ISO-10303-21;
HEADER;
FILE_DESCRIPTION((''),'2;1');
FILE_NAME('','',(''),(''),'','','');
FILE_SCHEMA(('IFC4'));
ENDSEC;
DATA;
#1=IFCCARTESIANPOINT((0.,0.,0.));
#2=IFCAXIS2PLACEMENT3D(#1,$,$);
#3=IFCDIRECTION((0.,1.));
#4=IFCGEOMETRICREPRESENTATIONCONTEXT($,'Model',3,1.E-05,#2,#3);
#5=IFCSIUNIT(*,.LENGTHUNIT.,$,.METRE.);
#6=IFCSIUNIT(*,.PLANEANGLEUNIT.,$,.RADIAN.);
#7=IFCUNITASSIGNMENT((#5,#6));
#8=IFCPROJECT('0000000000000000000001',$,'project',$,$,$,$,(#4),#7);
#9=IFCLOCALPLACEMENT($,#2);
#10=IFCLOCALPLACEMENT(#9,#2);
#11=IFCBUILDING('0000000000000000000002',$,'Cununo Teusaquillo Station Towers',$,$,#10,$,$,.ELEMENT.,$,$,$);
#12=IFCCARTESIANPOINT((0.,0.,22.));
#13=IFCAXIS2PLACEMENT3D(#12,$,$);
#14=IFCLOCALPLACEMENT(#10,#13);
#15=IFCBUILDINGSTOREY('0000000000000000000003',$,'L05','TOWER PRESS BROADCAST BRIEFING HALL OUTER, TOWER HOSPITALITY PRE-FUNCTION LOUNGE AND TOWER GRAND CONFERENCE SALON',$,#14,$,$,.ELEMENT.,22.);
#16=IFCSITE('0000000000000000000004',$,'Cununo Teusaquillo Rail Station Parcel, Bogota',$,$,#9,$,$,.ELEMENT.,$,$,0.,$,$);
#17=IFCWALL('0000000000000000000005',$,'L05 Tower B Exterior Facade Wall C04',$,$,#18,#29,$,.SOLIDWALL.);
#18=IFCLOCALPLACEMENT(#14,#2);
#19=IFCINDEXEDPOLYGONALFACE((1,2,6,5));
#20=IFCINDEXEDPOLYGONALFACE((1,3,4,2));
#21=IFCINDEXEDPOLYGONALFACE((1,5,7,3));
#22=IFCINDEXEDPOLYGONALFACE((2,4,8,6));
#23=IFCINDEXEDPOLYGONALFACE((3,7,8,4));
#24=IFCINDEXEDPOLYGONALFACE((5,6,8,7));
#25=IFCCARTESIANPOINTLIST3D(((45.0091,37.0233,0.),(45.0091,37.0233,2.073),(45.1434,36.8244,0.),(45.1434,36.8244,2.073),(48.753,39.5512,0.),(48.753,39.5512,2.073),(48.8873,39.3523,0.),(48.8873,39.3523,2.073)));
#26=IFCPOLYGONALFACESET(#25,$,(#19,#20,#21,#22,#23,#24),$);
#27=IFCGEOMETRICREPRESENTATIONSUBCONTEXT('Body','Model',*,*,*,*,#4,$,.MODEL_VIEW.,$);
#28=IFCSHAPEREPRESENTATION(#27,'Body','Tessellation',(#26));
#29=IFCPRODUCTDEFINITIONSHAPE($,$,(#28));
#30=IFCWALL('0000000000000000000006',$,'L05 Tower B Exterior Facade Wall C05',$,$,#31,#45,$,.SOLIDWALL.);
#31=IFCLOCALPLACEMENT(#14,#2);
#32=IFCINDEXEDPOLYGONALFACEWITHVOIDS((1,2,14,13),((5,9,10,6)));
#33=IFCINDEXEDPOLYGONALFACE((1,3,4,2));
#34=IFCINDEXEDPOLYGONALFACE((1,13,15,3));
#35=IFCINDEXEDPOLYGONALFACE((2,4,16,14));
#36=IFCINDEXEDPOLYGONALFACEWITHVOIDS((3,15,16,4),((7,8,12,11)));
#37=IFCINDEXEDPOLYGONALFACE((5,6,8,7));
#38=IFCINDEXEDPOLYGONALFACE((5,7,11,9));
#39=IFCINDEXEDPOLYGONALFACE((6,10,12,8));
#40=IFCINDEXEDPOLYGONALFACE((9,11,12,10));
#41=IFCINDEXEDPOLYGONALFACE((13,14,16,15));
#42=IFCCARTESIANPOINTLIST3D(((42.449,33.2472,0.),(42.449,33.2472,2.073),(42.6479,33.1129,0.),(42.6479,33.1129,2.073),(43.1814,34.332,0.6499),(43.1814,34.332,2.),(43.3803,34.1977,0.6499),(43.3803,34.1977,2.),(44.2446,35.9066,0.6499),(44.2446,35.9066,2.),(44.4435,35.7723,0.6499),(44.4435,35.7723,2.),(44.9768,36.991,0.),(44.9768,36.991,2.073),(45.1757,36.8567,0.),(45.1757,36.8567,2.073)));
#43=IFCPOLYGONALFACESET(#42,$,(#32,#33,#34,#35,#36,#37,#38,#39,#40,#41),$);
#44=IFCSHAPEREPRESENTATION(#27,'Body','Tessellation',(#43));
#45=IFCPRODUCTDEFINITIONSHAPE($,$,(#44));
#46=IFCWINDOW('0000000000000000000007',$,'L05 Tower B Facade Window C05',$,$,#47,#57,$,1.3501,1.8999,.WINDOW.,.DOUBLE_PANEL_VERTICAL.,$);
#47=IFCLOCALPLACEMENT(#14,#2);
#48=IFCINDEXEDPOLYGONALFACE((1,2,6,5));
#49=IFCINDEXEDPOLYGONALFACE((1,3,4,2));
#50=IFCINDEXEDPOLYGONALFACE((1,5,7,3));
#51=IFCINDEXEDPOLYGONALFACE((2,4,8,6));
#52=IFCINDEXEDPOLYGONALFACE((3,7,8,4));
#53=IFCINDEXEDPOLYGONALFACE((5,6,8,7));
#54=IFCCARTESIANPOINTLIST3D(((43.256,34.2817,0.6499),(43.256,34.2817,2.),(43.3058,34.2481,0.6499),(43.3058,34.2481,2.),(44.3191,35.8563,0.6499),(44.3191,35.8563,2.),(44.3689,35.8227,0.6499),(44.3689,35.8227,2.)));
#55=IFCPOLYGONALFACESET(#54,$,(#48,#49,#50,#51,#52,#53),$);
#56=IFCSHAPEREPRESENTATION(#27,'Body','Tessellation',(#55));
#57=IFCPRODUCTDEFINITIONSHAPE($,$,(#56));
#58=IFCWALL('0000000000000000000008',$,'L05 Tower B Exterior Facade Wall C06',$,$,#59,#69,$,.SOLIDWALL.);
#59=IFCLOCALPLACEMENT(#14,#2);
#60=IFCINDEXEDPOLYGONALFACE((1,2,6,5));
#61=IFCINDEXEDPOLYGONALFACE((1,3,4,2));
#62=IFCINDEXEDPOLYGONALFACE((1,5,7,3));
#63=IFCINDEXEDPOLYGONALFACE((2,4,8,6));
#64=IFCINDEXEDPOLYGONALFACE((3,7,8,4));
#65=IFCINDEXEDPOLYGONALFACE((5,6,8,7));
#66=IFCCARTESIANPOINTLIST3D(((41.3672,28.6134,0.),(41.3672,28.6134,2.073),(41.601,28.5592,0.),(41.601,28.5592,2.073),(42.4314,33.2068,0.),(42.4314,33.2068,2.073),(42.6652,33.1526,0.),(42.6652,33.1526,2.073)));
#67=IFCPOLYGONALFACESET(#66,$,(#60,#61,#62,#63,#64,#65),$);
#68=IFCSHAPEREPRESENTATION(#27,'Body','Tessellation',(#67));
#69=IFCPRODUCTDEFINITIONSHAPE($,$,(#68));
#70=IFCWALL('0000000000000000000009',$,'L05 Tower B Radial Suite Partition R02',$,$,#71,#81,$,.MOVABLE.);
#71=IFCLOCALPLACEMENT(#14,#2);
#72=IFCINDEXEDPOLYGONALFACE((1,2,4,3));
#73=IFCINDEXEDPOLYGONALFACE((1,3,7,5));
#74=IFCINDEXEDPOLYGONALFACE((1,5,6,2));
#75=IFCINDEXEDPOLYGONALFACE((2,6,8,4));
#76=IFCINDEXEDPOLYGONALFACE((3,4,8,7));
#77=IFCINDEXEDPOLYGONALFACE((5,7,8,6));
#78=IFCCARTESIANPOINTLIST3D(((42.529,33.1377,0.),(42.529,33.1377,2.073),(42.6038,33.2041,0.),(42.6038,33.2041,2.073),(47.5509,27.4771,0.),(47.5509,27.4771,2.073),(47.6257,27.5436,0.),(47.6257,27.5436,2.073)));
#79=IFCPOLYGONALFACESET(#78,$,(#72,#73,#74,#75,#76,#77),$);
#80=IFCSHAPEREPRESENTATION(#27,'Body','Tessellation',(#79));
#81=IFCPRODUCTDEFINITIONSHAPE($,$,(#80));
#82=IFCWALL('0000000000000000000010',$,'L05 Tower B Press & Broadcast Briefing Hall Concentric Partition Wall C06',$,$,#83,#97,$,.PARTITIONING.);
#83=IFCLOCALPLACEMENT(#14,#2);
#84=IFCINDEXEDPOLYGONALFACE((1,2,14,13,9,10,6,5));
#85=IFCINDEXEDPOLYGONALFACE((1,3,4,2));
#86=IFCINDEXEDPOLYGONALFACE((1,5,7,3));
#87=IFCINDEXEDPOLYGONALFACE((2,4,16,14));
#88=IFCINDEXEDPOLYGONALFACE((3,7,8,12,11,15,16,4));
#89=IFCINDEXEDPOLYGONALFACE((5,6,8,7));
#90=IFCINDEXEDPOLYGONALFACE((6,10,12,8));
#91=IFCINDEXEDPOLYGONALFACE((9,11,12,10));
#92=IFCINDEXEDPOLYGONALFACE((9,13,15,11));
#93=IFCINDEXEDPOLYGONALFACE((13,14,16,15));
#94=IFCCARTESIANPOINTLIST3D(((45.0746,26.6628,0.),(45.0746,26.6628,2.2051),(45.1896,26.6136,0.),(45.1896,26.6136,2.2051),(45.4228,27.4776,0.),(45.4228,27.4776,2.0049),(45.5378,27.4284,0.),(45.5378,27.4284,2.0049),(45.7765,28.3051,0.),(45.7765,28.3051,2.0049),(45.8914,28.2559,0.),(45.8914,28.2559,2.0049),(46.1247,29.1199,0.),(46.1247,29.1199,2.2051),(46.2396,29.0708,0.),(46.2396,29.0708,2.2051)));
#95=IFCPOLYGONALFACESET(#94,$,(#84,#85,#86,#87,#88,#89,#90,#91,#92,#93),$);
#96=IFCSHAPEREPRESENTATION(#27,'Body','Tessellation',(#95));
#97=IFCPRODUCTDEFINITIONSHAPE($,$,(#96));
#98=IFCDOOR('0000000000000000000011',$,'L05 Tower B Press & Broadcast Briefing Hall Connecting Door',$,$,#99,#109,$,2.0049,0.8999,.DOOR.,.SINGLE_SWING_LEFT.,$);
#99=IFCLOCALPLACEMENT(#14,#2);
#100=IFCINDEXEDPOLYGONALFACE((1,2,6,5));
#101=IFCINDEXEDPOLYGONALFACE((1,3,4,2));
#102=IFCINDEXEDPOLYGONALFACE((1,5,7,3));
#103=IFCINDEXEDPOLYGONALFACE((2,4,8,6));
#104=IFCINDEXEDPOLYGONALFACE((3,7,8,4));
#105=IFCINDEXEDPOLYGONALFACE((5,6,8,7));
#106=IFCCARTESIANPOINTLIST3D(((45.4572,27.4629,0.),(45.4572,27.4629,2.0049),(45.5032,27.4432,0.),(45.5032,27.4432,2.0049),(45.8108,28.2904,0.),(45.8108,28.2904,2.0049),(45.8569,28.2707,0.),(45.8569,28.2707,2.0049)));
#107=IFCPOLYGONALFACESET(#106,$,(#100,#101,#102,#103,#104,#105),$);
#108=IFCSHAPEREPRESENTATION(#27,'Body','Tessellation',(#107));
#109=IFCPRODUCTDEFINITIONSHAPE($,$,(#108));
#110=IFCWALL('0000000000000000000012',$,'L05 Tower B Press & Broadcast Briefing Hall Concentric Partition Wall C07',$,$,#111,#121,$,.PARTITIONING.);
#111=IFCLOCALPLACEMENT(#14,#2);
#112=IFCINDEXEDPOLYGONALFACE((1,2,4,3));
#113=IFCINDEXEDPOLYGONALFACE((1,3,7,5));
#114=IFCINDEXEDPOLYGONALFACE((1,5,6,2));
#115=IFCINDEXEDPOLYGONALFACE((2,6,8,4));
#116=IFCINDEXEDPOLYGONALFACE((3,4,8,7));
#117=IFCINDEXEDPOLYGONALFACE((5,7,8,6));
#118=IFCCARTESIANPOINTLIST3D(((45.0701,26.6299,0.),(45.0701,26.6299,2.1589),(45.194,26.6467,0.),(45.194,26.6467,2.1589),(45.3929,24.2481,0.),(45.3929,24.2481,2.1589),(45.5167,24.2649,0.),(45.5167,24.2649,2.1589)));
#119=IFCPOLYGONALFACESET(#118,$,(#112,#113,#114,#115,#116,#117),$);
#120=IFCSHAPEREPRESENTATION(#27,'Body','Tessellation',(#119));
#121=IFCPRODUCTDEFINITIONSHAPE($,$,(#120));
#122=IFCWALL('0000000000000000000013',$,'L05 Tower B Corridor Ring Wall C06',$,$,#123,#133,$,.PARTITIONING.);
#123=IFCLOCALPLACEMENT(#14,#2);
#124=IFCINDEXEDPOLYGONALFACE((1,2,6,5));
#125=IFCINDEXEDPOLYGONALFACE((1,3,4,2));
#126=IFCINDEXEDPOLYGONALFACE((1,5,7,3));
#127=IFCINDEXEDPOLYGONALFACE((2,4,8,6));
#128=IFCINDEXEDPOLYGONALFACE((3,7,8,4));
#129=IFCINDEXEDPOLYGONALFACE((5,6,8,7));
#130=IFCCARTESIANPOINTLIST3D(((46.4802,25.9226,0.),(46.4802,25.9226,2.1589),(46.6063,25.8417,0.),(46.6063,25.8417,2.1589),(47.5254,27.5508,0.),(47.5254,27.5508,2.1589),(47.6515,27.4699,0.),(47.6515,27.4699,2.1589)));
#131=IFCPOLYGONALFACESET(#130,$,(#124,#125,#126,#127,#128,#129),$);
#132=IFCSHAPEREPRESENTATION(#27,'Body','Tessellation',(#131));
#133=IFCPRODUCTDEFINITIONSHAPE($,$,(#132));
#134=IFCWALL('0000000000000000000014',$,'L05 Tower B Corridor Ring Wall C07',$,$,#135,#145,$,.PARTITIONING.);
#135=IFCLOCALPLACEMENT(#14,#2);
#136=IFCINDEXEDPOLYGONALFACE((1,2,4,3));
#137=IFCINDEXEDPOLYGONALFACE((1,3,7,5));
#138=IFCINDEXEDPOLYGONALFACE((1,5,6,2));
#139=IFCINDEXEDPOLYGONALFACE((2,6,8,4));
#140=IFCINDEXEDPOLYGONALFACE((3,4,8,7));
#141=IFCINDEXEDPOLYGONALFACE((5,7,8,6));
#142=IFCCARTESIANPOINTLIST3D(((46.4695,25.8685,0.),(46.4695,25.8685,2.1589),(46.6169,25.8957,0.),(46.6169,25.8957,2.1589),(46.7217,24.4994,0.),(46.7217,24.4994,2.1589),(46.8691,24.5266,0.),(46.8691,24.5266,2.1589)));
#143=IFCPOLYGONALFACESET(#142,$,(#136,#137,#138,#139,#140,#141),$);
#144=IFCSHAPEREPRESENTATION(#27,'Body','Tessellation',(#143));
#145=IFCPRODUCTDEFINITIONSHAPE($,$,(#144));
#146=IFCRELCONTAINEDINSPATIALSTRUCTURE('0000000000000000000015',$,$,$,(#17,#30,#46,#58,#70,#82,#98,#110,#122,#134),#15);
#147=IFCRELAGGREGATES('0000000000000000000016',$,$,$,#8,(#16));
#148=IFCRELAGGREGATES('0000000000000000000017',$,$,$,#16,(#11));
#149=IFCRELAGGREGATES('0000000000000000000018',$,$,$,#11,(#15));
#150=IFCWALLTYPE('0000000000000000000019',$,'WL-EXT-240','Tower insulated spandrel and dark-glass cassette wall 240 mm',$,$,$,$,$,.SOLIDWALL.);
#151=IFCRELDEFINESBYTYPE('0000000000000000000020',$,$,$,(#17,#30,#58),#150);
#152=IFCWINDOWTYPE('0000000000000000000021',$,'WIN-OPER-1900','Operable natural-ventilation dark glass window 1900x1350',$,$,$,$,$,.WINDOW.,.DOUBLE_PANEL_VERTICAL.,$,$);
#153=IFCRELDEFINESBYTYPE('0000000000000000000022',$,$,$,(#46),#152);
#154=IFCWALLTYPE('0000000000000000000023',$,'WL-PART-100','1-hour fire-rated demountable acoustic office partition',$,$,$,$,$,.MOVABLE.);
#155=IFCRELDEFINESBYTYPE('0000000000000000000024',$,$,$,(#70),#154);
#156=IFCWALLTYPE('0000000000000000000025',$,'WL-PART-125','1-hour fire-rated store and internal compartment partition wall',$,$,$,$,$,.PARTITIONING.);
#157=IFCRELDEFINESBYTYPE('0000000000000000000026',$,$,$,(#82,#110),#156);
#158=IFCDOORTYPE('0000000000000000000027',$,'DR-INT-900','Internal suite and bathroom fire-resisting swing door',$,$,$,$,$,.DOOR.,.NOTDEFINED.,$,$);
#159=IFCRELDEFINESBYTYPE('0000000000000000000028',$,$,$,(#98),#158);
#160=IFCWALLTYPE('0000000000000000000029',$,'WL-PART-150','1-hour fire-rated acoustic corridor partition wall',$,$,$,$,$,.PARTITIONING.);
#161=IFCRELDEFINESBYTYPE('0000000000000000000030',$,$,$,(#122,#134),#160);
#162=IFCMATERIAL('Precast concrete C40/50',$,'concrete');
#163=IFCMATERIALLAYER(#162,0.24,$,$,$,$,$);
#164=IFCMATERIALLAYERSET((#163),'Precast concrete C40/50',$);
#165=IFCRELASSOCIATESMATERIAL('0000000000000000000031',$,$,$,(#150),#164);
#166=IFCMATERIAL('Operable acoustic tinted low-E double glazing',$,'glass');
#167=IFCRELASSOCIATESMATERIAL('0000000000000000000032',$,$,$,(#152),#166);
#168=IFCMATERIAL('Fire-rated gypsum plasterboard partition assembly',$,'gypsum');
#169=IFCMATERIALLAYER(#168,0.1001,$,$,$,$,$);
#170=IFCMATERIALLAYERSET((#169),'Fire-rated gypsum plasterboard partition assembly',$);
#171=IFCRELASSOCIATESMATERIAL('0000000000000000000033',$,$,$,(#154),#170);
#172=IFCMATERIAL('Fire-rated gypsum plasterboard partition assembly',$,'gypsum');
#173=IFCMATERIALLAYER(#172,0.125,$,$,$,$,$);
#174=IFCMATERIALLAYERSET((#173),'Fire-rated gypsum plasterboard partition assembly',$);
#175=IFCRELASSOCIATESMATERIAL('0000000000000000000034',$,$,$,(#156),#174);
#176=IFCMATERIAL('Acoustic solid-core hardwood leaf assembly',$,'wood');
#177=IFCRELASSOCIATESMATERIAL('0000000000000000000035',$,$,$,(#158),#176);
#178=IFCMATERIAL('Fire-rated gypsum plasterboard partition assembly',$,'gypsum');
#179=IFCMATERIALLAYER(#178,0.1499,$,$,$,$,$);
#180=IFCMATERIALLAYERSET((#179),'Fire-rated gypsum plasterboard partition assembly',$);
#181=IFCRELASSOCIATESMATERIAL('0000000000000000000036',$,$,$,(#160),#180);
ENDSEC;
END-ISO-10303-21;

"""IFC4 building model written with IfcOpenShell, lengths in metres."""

from ifc_helpers import new_model, si_unit, direction, frame, frame_2d, origin, place, context, subcontext, project, spatial, rectangle, extrude, source, transform, mapped, material, layer, layer_set, type_object, element, fill, save


model = new_model("IFC4")

# Units and contexts
model_context = context("Model", 3, precision=1e-05, world=origin(), true_north=direction((0.0, 1.0)))
body_context = subcontext(model_context, "Body", "Model", "MODEL_VIEW")
ifc_project = project(units=[si_unit("LENGTHUNIT", "METRE"), si_unit("PLANEANGLEUNIT", "RADIAN")], contexts=[model_context])

# Site, building, storey
site_placement = place(None, origin())
site = spatial("IfcSite", under=ifc_project, at=site_placement, Name="Cununo Teusaquillo Rail Station Parcel, Bogota", CompositionType="ELEMENT", RefElevation=0.0)
building_placement = place(site_placement, origin())
building = spatial("IfcBuilding", under=site, at=building_placement, Name="Cununo Teusaquillo Station Towers", CompositionType="ELEMENT")
storey_placement = place(building_placement, frame((0.0, 0.0, 22.0)))
storey = spatial("IfcBuildingStorey", under=building, at=storey_placement, Name="L05", Description="TOWER PRESS BROADCAST BRIEFING HALL OUTER, TOWER HOSPITALITY PRE-FUNCTION LOUNGE AND TOWER GRAND CONFERENCE SALON", CompositionType="ELEMENT", Elevation=22.0)

# Shared definitions
ifc_material_1 = material(Name="Precast concrete C40/50", Category="concrete")
ifc_layer_1 = layer(ifc_material_1, 0.24)
ifc_layer_set_1 = layer_set([ifc_layer_1], Name="Precast concrete C40/50")
wall_type_1 = type_object("IfcWallType", Name="WL-EXT-240", Description="Tower insulated spandrel and dark-glass cassette wall 240 mm", PredefinedType="SOLIDWALL", material=ifc_layer_set_1)
shared_shape_1 = source(origin(), body_context, "Body", "SweptSolid", [
    extrude(rectangle(XDim=1.8999, YDim=1.3501, at=frame_2d((0.95, 0.675))), frame((0.0, 0.1299, 0.0), z_axis=(0.0, -1.0, 0.0), x_axis=(1.0, 0.0, 0.0)), (0.0, 0.0, 1.0), 0.26),
])
ifc_material_2 = material(Name="Operable acoustic tinted low-E double glazing", Category="glass")
window_type = type_object("IfcWindowType", Name="WIN-OPER-1900", Description="Operable natural-ventilation dark glass window 1900x1350", PartitioningType="DOUBLE_PANEL_VERTICAL", PredefinedType="WINDOW", material=ifc_material_2)
shared_shape_2 = source(origin(), body_context, "Body", "SweptSolid", [
    extrude(rectangle(XDim=1.8999, YDim=1.3501, at=frame_2d((0.95, 0.675))), frame((0.0, 0.03, 0.0), z_axis=(0.0, -1.0, 0.0), x_axis=(1.0, 0.0, 0.0)), (0.0, 0.0, 1.0), 0.0601),
])

# Wall
wall_1_placement = place(storey_placement, frame((45.0762, 36.9238, 0.0), z_axis=(0.0, 0.0, 1.0), x_axis=(0.828777, 0.55958, 0.0)))
element("IfcWall", 1, at=wall_1_placement, inside=storey, type_object=wall_type_1, Name="L05 Tower B Exterior Facade Wall C04", PredefinedType="SOLIDWALL", context=body_context, shape_type="SweptSolid", body=[
    extrude(rectangle(XDim=4.5173, YDim=0.24, at=frame_2d((2.2588, 0.0))), origin(), (0.0, 0.0, 1.0), 2.073),
])

# Wall, opening, window
wall_2_placement = place(storey_placement, frame((42.5483, 33.1799, 0.0), z_axis=(0.0, 0.0, 1.0), x_axis=(0.55958, 0.828777, 0.0)))
wall_2 = element("IfcWall", 2, at=wall_2_placement, inside=storey, type_object=wall_type_1, Name="L05 Tower B Exterior Facade Wall C05", PredefinedType="SOLIDWALL", context=body_context, shape_type="SweptSolid", body=[
    extrude(rectangle(XDim=4.5173, YDim=0.24, at=frame_2d((2.2588, 0.0))), origin(), (0.0, 0.0, 1.0), 2.073),
])
opening_1_placement = place(wall_2_placement, frame((1.3091, 0.0, 0.6499)))
opening_1 = element("IfcOpeningElement", 3, at=opening_1_placement, cuts=wall_2, PredefinedType="OPENING", context=body_context, shape_type="MappedRepresentation", body=[
    mapped(shared_shape_1, transform((0.0, 0.0, 0.0), x_axis=(1.0, 0.0, 0.0), y_axis=(0.0, 1.0, 0.0), z_axis=(0.0, 0.0, 1.0), scale=1.0)),
])
window_1_placement = place(opening_1_placement, origin())
window_1 = element("IfcWindow", 4, at=window_1_placement, inside=storey, type_object=window_type, Name="L05 Tower B Facade Window C05", OverallHeight=1.3501, OverallWidth=1.8999, PartitioningType="DOUBLE_PANEL_VERTICAL", PredefinedType="WINDOW", context=body_context, shape_type="MappedRepresentation", body=[
    mapped(shared_shape_2, transform((0.0, 0.0, 0.0), x_axis=(1.0, 0.0, 0.0), y_axis=(0.0, 1.0, 0.0), z_axis=(0.0, 0.0, 1.0), scale=1.0)),
])
fill(opening_1, window_1)

# Walls
wall_3_placement = place(storey_placement, frame((41.4841, 28.5864, 0.0), z_axis=(0.0, 0.0, 1.0), x_axis=(0.225699, 0.974197, 0.0)))
element("IfcWall", 5, at=wall_3_placement, inside=storey, type_object=wall_type_1, Name="L05 Tower B Exterior Facade Wall C06", PredefinedType="SOLIDWALL", context=body_context, shape_type="SweptSolid", body=[
    extrude(rectangle(XDim=4.7151, YDim=0.24, at=frame_2d((2.3574, 0.0))), origin(), (0.0, 0.0, 1.0), 2.073),
])
ifc_material_3 = material(Name="Fire-rated gypsum plasterboard partition assembly", Category="gypsum")
ifc_layer_2 = layer(ifc_material_3, 0.1001)
ifc_layer_set_2 = layer_set([ifc_layer_2], Name="Fire-rated gypsum plasterboard partition assembly")
wall_type_2 = type_object("IfcWallType", Name="WL-PART-100", Description="1-hour fire-rated demountable acoustic office partition", PredefinedType="MOVABLE", material=ifc_layer_set_2)
wall_4_placement = place(storey_placement, frame((47.5884, 27.5103, 0.0), z_axis=(0.0, 0.0, 1.0), x_axis=(-0.663647, 0.748046, 0.0)))
element("IfcWall", 6, at=wall_4_placement, inside=storey, type_object=wall_type_2, Name="L05 Tower B Radial Suite Partition R02", PredefinedType="MOVABLE", context=body_context, shape_type="SweptSolid", body=[
    extrude(rectangle(XDim=7.5671, YDim=0.1001, at=frame_2d((3.7837, 0.0))), origin(), (0.0, 0.0, 1.0), 2.073),
])

# Wall, opening, door
ifc_material_4 = material(Name="Fire-rated gypsum plasterboard partition assembly", Category="gypsum")
ifc_layer_3 = layer(ifc_material_4, 0.125)
ifc_layer_set_3 = layer_set([ifc_layer_3], Name="Fire-rated gypsum plasterboard partition assembly")
wall_type_3 = type_object("IfcWallType", Name="WL-PART-125", Description="1-hour fire-rated store and internal compartment partition wall", PredefinedType="PARTITIONING", material=ifc_layer_set_3)
wall_5_placement = place(storey_placement, frame((46.1821, 29.0952, 0.0), z_axis=(0.0, 0.0, 1.0), x_axis=(-0.392982, -0.919546, 0.0)))
wall_5 = element("IfcWall", 7, at=wall_5_placement, inside=storey, type_object=wall_type_3, Name="L05 Tower B Press & Broadcast Briefing Hall Concentric Partition Wall C06", PredefinedType="PARTITIONING", context=body_context, shape_type="SweptSolid", body=[
    extrude(rectangle(XDim=2.6721, YDim=0.125, at=frame_2d((1.3359, 0.0))), origin(), (0.0, 0.0, 1.0), 2.2051),
])
shared_shape_3 = source(origin(), body_context, "Body", "SweptSolid", [
    extrude(rectangle(XDim=0.8999, YDim=2.0049, at=frame_2d((0.45, 1.0024))), frame((0.0, 0.0725, 0.0), z_axis=(0.0, -1.0, 0.0), x_axis=(1.0, 0.0, 0.0)), (0.0, 0.0, 1.0), 0.145),
])
opening_2_placement = place(wall_5_placement, frame((0.886, 0.0, 0.0)))
opening_2 = element("IfcOpeningElement", 8, at=opening_2_placement, cuts=wall_5, PredefinedType="OPENING", context=body_context, shape_type="MappedRepresentation", body=[
    mapped(shared_shape_3, transform((0.0, 0.0, 0.0), x_axis=(1.0, 0.0, 0.0), y_axis=(0.0, 1.0, 0.0), z_axis=(0.0, 0.0, 1.0), scale=1.0)),
])
ifc_material_5 = material(Name="Acoustic solid-core hardwood leaf assembly", Category="wood")
door_type = type_object("IfcDoorType", Name="DR-INT-900", Description="Internal suite and bathroom fire-resisting swing door", OperationType="NOTDEFINED", PredefinedType="DOOR", material=ifc_material_5)
shared_shape_4 = source(origin(), body_context, "Body", "SweptSolid", [
    extrude(rectangle(XDim=0.8999, YDim=2.0049, at=frame_2d((0.45, 1.0024))), frame((0.0, 0.0249, 0.0), z_axis=(0.0, -1.0, 0.0), x_axis=(1.0, 0.0, 0.0)), (0.0, 0.0, 1.0), 0.05),
])
door_placement = place(opening_2_placement, origin())
door = element("IfcDoor", 9, at=door_placement, inside=storey, type_object=door_type, Name="L05 Tower B Press & Broadcast Briefing Hall Connecting Door", OperationType="SINGLE_SWING_LEFT", OverallHeight=2.0049, OverallWidth=0.8999, PredefinedType="DOOR", context=body_context, shape_type="MappedRepresentation", body=[
    mapped(shared_shape_4, transform((0.0, 0.0, 0.0), x_axis=(1.0, 0.0, 0.0), y_axis=(0.0, 1.0, 0.0), z_axis=(0.0, 0.0, 1.0), scale=1.0)),
])
fill(opening_2, door)

# Walls
wall_6_placement = place(storey_placement, frame((45.1321, 26.6382, 0.0), z_axis=(0.0, 0.0, 1.0), x_axis=(0.134279, -0.990944, 0.0)))
element("IfcWall", 10, at=wall_6_placement, inside=storey, type_object=wall_type_3, Name="L05 Tower B Press & Broadcast Briefing Hall Concentric Partition Wall C07", PredefinedType="PARTITIONING", context=body_context, shape_type="SweptSolid", body=[
    extrude(rectangle(XDim=2.4036, YDim=0.125, at=frame_2d((1.2017, 0.0))), origin(), (0.0, 0.0, 1.0), 2.1589),
])
ifc_material_6 = material(Name="Fire-rated gypsum plasterboard partition assembly", Category="gypsum")
ifc_layer_4 = layer(ifc_material_6, 0.1499)
ifc_layer_set_4 = layer_set([ifc_layer_4], Name="Fire-rated gypsum plasterboard partition assembly")
wall_type_4 = type_object("IfcWallType", Name="WL-PART-150", Description="1-hour fire-rated acoustic corridor partition wall", PredefinedType="PARTITIONING", material=ifc_layer_set_4)
wall_7_placement = place(storey_placement, frame((47.5884, 27.5103, 0.0), z_axis=(0.0, 0.0, 1.0), x_axis=(-0.540203, -0.841535, 0.0)))
element("IfcWall", 11, at=wall_7_placement, inside=storey, type_object=wall_type_4, Name="L05 Tower B Corridor Ring Wall C06", PredefinedType="PARTITIONING", context=body_context, shape_type="SweptSolid", body=[
    extrude(rectangle(XDim=1.9348, YDim=0.1499, at=frame_2d((0.9673, 0.0))), origin(), (0.0, 0.0, 1.0), 2.1589),
])
wall_8_placement = place(storey_placement, frame((46.5432, 25.8821, 0.0), z_axis=(0.0, 0.0, 1.0), x_axis=(0.181154, -0.983455, 0.0)))
element("IfcWall", 12, at=wall_8_placement, inside=storey, type_object=wall_type_4, Name="L05 Tower B Corridor Ring Wall C07", PredefinedType="PARTITIONING", context=body_context, shape_type="SweptSolid", body=[
    extrude(rectangle(XDim=1.3921, YDim=0.1499, at=frame_2d((0.696, 0.0))), origin(), (0.0, 0.0, 1.0), 2.1589),
])

save(model, "model.ifc")
